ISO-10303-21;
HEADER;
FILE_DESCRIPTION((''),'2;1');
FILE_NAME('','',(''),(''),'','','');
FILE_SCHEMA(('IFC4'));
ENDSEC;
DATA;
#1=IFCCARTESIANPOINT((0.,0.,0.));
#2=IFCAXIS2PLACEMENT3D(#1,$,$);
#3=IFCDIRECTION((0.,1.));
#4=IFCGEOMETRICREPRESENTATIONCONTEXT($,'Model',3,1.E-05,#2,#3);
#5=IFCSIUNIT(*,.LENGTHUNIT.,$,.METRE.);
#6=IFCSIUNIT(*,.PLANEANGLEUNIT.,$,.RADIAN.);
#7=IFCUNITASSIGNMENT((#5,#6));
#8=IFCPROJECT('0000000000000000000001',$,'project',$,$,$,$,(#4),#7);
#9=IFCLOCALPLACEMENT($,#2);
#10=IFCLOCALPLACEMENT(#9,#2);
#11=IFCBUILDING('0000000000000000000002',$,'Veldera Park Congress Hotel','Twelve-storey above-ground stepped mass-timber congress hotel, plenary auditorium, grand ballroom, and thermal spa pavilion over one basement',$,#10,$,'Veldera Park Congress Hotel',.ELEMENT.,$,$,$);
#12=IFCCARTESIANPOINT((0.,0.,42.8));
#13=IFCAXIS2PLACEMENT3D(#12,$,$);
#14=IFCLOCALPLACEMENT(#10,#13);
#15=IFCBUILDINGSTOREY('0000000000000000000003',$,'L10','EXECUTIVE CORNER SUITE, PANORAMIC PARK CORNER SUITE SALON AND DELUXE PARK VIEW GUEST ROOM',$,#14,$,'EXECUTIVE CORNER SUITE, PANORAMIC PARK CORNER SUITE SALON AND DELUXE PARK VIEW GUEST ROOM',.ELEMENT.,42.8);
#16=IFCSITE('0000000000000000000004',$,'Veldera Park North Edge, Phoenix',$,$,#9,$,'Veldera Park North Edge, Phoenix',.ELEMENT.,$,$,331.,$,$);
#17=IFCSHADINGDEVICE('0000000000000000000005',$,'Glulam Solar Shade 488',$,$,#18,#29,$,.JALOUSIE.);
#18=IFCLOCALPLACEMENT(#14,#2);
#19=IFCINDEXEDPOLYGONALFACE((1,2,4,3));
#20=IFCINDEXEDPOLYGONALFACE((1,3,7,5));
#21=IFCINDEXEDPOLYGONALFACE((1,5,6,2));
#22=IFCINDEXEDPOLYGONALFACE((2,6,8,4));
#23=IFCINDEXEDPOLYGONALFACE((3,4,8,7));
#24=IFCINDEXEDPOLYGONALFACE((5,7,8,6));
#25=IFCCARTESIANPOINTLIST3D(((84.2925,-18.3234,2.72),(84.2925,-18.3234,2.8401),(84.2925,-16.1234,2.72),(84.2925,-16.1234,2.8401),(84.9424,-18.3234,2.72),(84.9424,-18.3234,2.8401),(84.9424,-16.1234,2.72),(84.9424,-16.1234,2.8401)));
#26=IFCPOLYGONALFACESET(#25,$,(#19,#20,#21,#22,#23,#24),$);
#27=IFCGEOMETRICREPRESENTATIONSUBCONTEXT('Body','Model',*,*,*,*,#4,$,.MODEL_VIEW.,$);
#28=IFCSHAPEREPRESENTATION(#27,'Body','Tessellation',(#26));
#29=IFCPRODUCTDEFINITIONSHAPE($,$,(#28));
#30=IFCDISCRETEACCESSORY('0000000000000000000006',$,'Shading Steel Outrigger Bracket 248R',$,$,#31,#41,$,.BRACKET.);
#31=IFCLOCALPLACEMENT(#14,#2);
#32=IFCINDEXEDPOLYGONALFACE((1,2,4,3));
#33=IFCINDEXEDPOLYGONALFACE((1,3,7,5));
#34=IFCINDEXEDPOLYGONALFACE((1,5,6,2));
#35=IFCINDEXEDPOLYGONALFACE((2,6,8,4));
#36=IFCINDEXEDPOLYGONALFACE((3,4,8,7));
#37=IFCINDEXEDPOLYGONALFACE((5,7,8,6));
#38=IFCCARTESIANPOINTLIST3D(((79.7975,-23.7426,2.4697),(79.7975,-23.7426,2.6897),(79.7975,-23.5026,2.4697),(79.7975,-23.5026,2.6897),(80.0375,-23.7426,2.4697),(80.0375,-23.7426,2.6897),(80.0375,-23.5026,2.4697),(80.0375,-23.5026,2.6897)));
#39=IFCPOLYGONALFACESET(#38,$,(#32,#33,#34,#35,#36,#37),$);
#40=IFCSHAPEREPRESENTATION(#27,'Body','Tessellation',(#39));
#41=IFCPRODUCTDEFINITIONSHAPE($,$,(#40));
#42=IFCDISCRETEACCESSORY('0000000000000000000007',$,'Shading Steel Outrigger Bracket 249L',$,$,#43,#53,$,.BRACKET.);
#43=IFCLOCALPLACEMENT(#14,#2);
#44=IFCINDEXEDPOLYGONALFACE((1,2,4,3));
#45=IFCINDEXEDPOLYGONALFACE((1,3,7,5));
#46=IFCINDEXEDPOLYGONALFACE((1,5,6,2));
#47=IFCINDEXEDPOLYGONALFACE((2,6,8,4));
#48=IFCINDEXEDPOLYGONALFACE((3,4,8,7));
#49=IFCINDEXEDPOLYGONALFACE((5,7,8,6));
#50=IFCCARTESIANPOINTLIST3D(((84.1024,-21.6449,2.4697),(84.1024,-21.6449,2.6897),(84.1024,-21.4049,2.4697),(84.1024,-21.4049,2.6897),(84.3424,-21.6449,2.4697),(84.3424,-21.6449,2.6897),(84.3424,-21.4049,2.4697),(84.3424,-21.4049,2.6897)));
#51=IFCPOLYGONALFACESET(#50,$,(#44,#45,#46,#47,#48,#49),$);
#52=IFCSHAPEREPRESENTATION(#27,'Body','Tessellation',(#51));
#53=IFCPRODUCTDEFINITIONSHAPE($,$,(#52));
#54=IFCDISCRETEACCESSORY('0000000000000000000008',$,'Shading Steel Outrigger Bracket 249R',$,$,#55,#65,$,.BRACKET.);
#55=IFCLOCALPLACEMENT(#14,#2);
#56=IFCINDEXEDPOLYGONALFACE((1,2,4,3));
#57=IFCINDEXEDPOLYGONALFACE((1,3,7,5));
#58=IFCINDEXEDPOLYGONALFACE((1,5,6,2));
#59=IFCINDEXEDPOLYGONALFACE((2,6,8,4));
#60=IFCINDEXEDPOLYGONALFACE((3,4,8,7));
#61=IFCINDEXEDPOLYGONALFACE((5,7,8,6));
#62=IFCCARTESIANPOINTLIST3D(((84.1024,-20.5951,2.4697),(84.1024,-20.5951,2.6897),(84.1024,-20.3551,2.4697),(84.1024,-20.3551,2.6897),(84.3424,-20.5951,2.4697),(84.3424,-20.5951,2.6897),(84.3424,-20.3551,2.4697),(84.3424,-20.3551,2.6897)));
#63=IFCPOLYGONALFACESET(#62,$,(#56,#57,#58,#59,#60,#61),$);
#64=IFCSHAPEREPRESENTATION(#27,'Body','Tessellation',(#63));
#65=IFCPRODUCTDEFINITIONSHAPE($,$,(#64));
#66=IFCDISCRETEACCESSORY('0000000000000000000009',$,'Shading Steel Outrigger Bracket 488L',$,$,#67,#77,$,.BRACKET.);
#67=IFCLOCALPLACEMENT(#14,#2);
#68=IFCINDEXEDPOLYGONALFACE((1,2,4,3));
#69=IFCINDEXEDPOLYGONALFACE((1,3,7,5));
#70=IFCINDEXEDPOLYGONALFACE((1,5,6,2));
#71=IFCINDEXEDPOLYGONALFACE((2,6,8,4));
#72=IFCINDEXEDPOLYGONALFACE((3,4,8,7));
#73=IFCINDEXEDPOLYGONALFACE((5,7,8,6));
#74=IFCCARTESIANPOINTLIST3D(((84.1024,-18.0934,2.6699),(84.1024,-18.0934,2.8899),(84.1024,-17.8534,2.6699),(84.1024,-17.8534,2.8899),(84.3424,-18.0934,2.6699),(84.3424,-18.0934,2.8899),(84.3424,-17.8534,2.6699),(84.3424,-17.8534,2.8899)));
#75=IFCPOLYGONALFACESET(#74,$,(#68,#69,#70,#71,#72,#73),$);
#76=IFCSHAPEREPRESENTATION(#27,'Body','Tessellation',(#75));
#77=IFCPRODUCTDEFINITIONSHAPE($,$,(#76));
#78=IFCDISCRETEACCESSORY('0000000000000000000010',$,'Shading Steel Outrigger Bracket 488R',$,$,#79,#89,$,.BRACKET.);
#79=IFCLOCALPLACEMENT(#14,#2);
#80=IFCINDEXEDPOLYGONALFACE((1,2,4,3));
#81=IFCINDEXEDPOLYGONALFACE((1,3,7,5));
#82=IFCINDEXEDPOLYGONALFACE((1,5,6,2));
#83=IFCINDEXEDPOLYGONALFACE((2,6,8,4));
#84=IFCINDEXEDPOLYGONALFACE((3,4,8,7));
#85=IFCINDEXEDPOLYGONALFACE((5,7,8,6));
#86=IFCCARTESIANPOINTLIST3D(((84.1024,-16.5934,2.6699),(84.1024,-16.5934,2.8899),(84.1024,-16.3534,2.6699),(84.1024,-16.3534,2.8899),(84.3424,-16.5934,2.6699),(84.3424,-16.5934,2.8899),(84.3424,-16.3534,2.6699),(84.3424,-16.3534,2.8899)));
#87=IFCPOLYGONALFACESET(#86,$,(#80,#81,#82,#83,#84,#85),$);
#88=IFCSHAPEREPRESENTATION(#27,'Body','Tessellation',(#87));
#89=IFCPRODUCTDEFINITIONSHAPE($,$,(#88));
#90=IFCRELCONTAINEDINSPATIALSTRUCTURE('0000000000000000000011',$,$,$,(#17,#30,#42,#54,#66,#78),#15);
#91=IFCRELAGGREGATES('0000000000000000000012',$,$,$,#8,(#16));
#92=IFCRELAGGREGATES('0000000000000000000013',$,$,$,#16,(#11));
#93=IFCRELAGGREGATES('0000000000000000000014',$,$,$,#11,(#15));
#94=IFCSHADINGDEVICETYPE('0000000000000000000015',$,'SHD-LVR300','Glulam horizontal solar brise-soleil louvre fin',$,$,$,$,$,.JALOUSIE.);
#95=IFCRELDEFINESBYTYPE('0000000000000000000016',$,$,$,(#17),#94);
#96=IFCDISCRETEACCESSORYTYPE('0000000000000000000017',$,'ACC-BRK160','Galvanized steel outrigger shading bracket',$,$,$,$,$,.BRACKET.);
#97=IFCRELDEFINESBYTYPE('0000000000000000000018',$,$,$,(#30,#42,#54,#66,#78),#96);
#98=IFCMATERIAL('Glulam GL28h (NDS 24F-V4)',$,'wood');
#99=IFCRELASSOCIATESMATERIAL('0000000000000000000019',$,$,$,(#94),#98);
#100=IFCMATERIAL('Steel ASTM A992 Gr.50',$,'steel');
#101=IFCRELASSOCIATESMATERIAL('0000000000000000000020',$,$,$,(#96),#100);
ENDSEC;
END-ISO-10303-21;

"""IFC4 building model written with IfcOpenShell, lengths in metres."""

from ifc_helpers import new_model, si_unit, direction, frame, origin, origin_2d, place, context, subcontext, project, spatial, rectangle, extrude, material, type_object, element, save


model = new_model("IFC4")

# Units and contexts
model_context = context("Model", 3, precision=1e-05, world=origin(), true_north=direction((0.0, 1.0)))
body_context = subcontext(model_context, "Body", "Model", "MODEL_VIEW")
ifc_project = project(units=[si_unit("LENGTHUNIT", "METRE"), si_unit("PLANEANGLEUNIT", "RADIAN")], contexts=[model_context])

# Site, building, storey
site_placement = place(None, origin())
site = spatial("IfcSite", under=ifc_project, at=site_placement, Name="Veldera Park North Edge, Phoenix", LongName="Veldera Park North Edge, Phoenix", CompositionType="ELEMENT", RefElevation=331.0)
building_placement = place(site_placement, origin())
building = spatial("IfcBuilding", under=site, at=building_placement, Name="Veldera Park Congress Hotel", Description="Twelve-storey above-ground stepped mass-timber congress hotel, plenary auditorium, grand ballroom, and thermal spa pavilion over one basement", LongName="Veldera Park Congress Hotel", CompositionType="ELEMENT")
storey_placement = place(building_placement, frame((0.0, 0.0, 42.8)))
storey = spatial("IfcBuildingStorey", under=building, at=storey_placement, Name="L10", Description="EXECUTIVE CORNER SUITE, PANORAMIC PARK CORNER SUITE SALON AND DELUXE PARK VIEW GUEST ROOM", LongName="EXECUTIVE CORNER SUITE, PANORAMIC PARK CORNER SUITE SALON AND DELUXE PARK VIEW GUEST ROOM", CompositionType="ELEMENT", Elevation=42.8)

# Shared definitions
ifc_material_1 = material(Name="Glulam GL28h (NDS 24F-V4)", Category="wood")

# Shading device
shading_device_type = type_object("IfcShadingDeviceType", Name="SHD-LVR300", Description="Glulam horizontal solar brise-soleil louvre fin", PredefinedType="JALOUSIE", material=ifc_material_1)
shading_device_placement = place(storey_placement, frame((84.6174, -17.2234, 2.72), z_axis=(0.0, 0.0, 1.0), x_axis=(0.0, 1.0, 0.0)))
element("IfcShadingDevice", 1, at=shading_device_placement, inside=storey, type_object=shading_device_type, Name="Glulam Solar Shade 488", PredefinedType="JALOUSIE", context=body_context, shape_type="SweptSolid", body=[
    extrude(rectangle(XDim=2.2, YDim=0.6499, at=origin_2d()), origin(), (0.0, 0.0, 1.0), 0.1201),
])

# Discrete accessories
ifc_material_2 = material(Name="Steel ASTM A992 Gr.50", Category="steel")
discrete_accessory_type = type_object("IfcDiscreteAccessoryType", Name="ACC-BRK160", Description="Galvanized steel outrigger shading bracket", PredefinedType="BRACKET", material=ifc_material_2)
for number, where, z_axis, x_axis, name in (
    (2, (79.9175, -23.6226, 2.4697), (0.0, 0.0, 1.0), (1.0, 0.0, 0.0), "Shading Steel Outrigger Bracket 248R"),
    (3, (84.2224, -21.5249, 2.4697), (0.0, 0.0, 1.0), (0.0, 1.0, 0.0), "Shading Steel Outrigger Bracket 249L"),
    (4, (84.2224, -20.4751, 2.4697), (0.0, 0.0, 1.0), (0.0, 1.0, 0.0), "Shading Steel Outrigger Bracket 249R"),
    (5, (84.2224, -17.9734, 2.6699), (0.0, 0.0, 1.0), (0.0, 1.0, 0.0), "Shading Steel Outrigger Bracket 488L"),
    (6, (84.2224, -16.4734, 2.6699), (0.0, 0.0, 1.0), (0.0, 1.0, 0.0), "Shading Steel Outrigger Bracket 488R"),
):
    element("IfcDiscreteAccessory", number, at=place(storey_placement, frame(where, z_axis=z_axis, x_axis=x_axis)), inside=storey, type_object=discrete_accessory_type, Name=name, PredefinedType="BRACKET", context=body_context, shape_type="SweptSolid", body=[
        extrude(rectangle(XDim=0.24, YDim=0.24, at=origin_2d()), origin(), (0.0, 0.0, 1.0), 0.22),
    ])

save(model, "model.ifc")
